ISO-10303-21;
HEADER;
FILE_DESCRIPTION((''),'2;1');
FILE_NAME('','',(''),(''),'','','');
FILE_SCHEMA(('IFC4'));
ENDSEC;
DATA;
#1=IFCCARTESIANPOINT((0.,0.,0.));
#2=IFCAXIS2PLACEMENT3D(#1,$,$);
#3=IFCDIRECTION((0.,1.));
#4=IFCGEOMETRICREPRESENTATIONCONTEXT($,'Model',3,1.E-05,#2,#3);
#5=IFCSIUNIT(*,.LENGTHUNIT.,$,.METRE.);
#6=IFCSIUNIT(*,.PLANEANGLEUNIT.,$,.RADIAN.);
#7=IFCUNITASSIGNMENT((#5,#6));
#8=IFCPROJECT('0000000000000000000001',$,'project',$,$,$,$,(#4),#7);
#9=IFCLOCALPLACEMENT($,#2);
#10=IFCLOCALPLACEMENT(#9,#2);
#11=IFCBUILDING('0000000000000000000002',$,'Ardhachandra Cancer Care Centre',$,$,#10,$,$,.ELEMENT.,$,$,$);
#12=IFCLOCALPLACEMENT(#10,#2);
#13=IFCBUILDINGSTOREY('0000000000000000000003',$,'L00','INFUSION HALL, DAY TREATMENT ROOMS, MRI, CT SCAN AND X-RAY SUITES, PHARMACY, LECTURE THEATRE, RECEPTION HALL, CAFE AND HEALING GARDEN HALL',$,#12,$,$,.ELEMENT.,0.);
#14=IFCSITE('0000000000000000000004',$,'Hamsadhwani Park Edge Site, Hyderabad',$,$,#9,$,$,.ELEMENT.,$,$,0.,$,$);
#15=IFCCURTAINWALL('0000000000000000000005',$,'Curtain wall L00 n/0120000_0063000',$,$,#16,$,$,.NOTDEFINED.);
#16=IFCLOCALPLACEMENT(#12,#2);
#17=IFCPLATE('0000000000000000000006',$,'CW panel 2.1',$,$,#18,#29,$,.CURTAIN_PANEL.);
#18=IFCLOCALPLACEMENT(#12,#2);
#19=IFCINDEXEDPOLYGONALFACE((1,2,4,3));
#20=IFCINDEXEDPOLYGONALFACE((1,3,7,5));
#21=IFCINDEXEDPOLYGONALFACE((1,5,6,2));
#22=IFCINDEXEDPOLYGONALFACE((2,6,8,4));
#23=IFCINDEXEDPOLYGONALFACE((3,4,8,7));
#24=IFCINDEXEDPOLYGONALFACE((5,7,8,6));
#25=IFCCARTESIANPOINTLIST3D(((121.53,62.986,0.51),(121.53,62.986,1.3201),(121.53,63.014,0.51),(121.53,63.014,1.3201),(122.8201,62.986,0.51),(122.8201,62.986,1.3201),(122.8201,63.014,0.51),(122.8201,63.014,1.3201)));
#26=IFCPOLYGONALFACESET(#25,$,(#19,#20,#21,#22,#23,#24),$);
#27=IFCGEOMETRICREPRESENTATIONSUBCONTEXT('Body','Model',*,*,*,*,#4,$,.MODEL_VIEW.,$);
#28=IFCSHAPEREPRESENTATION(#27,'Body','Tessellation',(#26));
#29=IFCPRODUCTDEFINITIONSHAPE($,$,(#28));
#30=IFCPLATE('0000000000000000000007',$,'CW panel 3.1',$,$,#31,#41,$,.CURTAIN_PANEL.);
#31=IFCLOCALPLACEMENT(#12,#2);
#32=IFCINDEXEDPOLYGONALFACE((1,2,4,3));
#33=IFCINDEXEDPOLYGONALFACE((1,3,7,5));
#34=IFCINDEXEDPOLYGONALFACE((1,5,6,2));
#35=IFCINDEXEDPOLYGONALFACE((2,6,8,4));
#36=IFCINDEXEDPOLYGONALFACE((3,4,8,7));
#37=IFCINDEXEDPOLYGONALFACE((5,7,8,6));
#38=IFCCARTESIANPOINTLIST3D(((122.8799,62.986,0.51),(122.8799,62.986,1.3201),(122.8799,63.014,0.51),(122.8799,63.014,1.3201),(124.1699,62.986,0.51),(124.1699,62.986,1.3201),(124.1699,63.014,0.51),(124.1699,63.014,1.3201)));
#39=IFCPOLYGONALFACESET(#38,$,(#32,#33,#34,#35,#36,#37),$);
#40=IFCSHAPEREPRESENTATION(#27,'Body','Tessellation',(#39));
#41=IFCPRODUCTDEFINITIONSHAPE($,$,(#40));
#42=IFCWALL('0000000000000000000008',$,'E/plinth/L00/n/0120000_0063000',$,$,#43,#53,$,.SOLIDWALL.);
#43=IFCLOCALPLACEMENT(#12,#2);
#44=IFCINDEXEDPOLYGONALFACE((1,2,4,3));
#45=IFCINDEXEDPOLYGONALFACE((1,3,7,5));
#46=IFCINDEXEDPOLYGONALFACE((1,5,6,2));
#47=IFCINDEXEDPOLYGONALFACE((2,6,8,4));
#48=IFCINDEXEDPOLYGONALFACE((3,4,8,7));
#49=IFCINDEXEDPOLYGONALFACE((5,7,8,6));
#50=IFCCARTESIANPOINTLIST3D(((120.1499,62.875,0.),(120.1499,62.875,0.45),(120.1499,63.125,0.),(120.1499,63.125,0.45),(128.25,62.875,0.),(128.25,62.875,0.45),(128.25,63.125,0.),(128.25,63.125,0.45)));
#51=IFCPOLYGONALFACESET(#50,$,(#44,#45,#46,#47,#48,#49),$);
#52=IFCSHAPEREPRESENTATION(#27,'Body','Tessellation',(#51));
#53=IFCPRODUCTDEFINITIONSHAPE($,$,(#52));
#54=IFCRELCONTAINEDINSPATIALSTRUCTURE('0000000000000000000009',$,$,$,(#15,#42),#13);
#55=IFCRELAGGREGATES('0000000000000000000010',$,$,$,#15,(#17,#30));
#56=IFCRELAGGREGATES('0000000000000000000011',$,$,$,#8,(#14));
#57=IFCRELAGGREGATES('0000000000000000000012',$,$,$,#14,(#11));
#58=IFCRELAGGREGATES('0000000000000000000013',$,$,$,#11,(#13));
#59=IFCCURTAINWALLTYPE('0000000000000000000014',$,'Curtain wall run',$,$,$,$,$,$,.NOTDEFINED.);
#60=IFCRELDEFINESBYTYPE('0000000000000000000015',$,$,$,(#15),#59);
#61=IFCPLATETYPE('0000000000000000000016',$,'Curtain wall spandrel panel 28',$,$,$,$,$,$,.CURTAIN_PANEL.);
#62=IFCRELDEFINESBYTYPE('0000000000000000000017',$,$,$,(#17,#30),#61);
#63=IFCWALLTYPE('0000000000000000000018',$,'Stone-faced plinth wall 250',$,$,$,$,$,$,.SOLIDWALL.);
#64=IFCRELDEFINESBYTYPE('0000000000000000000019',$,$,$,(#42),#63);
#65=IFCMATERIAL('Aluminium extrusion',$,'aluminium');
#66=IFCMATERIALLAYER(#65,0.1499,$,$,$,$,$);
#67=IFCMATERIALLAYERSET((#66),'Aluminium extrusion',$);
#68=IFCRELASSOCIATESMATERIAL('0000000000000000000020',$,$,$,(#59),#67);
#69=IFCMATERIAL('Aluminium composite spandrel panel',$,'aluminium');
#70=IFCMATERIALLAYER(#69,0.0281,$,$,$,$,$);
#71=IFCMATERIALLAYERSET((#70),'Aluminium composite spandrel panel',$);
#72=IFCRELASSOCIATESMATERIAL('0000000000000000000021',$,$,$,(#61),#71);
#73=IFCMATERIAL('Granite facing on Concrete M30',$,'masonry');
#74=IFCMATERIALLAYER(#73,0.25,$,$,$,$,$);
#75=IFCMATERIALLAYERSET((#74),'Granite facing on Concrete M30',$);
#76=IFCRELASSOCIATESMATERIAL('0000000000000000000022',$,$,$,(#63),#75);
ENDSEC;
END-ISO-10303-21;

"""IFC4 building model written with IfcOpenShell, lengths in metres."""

from ifc_helpers import new_model, si_unit, direction, frame, frame_2d, origin, origin_2d, place, context, subcontext, project, spatial, rectangle, extrude, material, layer, layer_set, type_object, element, aggregate, save


model = new_model("IFC4")

# Units and contexts
model_context = context("Model", 3, precision=1e-05, world=origin(), true_north=direction((0.0, 1.0)))
body_context = subcontext(model_context, "Body", "Model", "MODEL_VIEW")
ifc_project = project(units=[si_unit("LENGTHUNIT", "METRE"), si_unit("PLANEANGLEUNIT", "RADIAN")], contexts=[model_context])

# Site, building, storey
site_placement = place(None, origin())
site = spatial("IfcSite", under=ifc_project, at=site_placement, Name="Hamsadhwani Park Edge Site, Hyderabad", CompositionType="ELEMENT", RefElevation=0.0)
building_placement = place(site_placement, origin())
building = spatial("IfcBuilding", under=site, at=building_placement, Name="Ardhachandra Cancer Care Centre", CompositionType="ELEMENT")
storey_placement = place(building_placement, origin())
storey = spatial("IfcBuildingStorey", under=building, at=storey_placement, Name="L00", Description="INFUSION HALL, DAY TREATMENT ROOMS, MRI, CT SCAN AND X-RAY SUITES, PHARMACY, LECTURE THEATRE, RECEPTION HALL, CAFE AND HEALING GARDEN HALL", CompositionType="ELEMENT", Elevation=0.0)

# Curtain wall
ifc_material_1 = material(Name="Aluminium extrusion", Category="aluminium")
ifc_layer_1 = layer(ifc_material_1, 0.1499)
ifc_layer_set_1 = layer_set([ifc_layer_1], Name="Aluminium extrusion")
curtain_wall_type = type_object("IfcCurtainWallType", Name="Curtain wall run", PredefinedType="NOTDEFINED", material=ifc_layer_set_1)
curtain_wall_1_placement = place(storey_placement, origin())
curtain_wall_1 = element("IfcCurtainWall", 1, at=curtain_wall_1_placement, inside=storey, type_object=curtain_wall_type, Name="Curtain wall L00 n/0120000_0063000", PredefinedType="NOTDEFINED")

# Plates
ifc_material_2 = material(Name="Aluminium composite spandrel panel", Category="aluminium")
ifc_layer_2 = layer(ifc_material_2, 0.0281)
ifc_layer_set_2 = layer_set([ifc_layer_2], Name="Aluminium composite spandrel panel")
plate_type_1 = type_object("IfcPlateType", Name="Curtain wall spandrel panel 28", PredefinedType="CURTAIN_PANEL", material=ifc_layer_set_2)
plate_1_placement = place(storey_placement, frame((122.175, 63.0, 0.51), z_axis=(0.0, 0.0, 1.0), x_axis=(1.0, 0.0, 0.0)))
plate_1 = element("IfcPlate", 2, at=plate_1_placement, type_object=plate_type_1, Name="CW panel 2.1", PredefinedType="CURTAIN_PANEL", context=body_context, shape_type="SweptSolid", body=[
    extrude(rectangle(XDim=1.29, YDim=0.0281, at=origin_2d()), origin(), (0.0, 0.0, 1.0), 0.8101),
])
plate_2_placement = place(storey_placement, frame((123.5249, 63.0, 0.51), z_axis=(0.0, 0.0, 1.0), x_axis=(1.0, 0.0, 0.0)))
plate_2 = element("IfcPlate", 3, at=plate_2_placement, type_object=plate_type_1, Name="CW panel 3.1", PredefinedType="CURTAIN_PANEL", context=body_context, shape_type="SweptSolid", body=[
    extrude(rectangle(XDim=1.29, YDim=0.0281, at=origin_2d()), origin(), (0.0, 0.0, 1.0), 0.8101),
])
aggregate(curtain_wall_1, [plate_1, plate_2])

# Wall
ifc_material_3 = material(Name="Granite facing on Concrete M30", Category="masonry")
ifc_layer_3 = layer(ifc_material_3, 0.25)
ifc_layer_set_3 = layer_set([ifc_layer_3], Name="Granite facing on Concrete M30")
wall_type = type_object("IfcWallType", Name="Stone-faced plinth wall 250", PredefinedType="SOLIDWALL", material=ifc_layer_set_3)
wall_placement = place(storey_placement, frame((120.1499, 63.0, 0.0), z_axis=(0.0, 0.0, 1.0), x_axis=(1.0, 0.0, 0.0)))
element("IfcWall", 4, at=wall_placement, inside=storey, type_object=wall_type, Name="E/plinth/L00/n/0120000_0063000", PredefinedType="SOLIDWALL", context=body_context, shape_type="SweptSolid", body=[
    extrude(rectangle(XDim=8.1001, YDim=0.25, at=frame_2d((4.05, 0.0))), origin(), (0.0, 0.0, 1.0), 0.45),
])

save(model, "model.ifc")
